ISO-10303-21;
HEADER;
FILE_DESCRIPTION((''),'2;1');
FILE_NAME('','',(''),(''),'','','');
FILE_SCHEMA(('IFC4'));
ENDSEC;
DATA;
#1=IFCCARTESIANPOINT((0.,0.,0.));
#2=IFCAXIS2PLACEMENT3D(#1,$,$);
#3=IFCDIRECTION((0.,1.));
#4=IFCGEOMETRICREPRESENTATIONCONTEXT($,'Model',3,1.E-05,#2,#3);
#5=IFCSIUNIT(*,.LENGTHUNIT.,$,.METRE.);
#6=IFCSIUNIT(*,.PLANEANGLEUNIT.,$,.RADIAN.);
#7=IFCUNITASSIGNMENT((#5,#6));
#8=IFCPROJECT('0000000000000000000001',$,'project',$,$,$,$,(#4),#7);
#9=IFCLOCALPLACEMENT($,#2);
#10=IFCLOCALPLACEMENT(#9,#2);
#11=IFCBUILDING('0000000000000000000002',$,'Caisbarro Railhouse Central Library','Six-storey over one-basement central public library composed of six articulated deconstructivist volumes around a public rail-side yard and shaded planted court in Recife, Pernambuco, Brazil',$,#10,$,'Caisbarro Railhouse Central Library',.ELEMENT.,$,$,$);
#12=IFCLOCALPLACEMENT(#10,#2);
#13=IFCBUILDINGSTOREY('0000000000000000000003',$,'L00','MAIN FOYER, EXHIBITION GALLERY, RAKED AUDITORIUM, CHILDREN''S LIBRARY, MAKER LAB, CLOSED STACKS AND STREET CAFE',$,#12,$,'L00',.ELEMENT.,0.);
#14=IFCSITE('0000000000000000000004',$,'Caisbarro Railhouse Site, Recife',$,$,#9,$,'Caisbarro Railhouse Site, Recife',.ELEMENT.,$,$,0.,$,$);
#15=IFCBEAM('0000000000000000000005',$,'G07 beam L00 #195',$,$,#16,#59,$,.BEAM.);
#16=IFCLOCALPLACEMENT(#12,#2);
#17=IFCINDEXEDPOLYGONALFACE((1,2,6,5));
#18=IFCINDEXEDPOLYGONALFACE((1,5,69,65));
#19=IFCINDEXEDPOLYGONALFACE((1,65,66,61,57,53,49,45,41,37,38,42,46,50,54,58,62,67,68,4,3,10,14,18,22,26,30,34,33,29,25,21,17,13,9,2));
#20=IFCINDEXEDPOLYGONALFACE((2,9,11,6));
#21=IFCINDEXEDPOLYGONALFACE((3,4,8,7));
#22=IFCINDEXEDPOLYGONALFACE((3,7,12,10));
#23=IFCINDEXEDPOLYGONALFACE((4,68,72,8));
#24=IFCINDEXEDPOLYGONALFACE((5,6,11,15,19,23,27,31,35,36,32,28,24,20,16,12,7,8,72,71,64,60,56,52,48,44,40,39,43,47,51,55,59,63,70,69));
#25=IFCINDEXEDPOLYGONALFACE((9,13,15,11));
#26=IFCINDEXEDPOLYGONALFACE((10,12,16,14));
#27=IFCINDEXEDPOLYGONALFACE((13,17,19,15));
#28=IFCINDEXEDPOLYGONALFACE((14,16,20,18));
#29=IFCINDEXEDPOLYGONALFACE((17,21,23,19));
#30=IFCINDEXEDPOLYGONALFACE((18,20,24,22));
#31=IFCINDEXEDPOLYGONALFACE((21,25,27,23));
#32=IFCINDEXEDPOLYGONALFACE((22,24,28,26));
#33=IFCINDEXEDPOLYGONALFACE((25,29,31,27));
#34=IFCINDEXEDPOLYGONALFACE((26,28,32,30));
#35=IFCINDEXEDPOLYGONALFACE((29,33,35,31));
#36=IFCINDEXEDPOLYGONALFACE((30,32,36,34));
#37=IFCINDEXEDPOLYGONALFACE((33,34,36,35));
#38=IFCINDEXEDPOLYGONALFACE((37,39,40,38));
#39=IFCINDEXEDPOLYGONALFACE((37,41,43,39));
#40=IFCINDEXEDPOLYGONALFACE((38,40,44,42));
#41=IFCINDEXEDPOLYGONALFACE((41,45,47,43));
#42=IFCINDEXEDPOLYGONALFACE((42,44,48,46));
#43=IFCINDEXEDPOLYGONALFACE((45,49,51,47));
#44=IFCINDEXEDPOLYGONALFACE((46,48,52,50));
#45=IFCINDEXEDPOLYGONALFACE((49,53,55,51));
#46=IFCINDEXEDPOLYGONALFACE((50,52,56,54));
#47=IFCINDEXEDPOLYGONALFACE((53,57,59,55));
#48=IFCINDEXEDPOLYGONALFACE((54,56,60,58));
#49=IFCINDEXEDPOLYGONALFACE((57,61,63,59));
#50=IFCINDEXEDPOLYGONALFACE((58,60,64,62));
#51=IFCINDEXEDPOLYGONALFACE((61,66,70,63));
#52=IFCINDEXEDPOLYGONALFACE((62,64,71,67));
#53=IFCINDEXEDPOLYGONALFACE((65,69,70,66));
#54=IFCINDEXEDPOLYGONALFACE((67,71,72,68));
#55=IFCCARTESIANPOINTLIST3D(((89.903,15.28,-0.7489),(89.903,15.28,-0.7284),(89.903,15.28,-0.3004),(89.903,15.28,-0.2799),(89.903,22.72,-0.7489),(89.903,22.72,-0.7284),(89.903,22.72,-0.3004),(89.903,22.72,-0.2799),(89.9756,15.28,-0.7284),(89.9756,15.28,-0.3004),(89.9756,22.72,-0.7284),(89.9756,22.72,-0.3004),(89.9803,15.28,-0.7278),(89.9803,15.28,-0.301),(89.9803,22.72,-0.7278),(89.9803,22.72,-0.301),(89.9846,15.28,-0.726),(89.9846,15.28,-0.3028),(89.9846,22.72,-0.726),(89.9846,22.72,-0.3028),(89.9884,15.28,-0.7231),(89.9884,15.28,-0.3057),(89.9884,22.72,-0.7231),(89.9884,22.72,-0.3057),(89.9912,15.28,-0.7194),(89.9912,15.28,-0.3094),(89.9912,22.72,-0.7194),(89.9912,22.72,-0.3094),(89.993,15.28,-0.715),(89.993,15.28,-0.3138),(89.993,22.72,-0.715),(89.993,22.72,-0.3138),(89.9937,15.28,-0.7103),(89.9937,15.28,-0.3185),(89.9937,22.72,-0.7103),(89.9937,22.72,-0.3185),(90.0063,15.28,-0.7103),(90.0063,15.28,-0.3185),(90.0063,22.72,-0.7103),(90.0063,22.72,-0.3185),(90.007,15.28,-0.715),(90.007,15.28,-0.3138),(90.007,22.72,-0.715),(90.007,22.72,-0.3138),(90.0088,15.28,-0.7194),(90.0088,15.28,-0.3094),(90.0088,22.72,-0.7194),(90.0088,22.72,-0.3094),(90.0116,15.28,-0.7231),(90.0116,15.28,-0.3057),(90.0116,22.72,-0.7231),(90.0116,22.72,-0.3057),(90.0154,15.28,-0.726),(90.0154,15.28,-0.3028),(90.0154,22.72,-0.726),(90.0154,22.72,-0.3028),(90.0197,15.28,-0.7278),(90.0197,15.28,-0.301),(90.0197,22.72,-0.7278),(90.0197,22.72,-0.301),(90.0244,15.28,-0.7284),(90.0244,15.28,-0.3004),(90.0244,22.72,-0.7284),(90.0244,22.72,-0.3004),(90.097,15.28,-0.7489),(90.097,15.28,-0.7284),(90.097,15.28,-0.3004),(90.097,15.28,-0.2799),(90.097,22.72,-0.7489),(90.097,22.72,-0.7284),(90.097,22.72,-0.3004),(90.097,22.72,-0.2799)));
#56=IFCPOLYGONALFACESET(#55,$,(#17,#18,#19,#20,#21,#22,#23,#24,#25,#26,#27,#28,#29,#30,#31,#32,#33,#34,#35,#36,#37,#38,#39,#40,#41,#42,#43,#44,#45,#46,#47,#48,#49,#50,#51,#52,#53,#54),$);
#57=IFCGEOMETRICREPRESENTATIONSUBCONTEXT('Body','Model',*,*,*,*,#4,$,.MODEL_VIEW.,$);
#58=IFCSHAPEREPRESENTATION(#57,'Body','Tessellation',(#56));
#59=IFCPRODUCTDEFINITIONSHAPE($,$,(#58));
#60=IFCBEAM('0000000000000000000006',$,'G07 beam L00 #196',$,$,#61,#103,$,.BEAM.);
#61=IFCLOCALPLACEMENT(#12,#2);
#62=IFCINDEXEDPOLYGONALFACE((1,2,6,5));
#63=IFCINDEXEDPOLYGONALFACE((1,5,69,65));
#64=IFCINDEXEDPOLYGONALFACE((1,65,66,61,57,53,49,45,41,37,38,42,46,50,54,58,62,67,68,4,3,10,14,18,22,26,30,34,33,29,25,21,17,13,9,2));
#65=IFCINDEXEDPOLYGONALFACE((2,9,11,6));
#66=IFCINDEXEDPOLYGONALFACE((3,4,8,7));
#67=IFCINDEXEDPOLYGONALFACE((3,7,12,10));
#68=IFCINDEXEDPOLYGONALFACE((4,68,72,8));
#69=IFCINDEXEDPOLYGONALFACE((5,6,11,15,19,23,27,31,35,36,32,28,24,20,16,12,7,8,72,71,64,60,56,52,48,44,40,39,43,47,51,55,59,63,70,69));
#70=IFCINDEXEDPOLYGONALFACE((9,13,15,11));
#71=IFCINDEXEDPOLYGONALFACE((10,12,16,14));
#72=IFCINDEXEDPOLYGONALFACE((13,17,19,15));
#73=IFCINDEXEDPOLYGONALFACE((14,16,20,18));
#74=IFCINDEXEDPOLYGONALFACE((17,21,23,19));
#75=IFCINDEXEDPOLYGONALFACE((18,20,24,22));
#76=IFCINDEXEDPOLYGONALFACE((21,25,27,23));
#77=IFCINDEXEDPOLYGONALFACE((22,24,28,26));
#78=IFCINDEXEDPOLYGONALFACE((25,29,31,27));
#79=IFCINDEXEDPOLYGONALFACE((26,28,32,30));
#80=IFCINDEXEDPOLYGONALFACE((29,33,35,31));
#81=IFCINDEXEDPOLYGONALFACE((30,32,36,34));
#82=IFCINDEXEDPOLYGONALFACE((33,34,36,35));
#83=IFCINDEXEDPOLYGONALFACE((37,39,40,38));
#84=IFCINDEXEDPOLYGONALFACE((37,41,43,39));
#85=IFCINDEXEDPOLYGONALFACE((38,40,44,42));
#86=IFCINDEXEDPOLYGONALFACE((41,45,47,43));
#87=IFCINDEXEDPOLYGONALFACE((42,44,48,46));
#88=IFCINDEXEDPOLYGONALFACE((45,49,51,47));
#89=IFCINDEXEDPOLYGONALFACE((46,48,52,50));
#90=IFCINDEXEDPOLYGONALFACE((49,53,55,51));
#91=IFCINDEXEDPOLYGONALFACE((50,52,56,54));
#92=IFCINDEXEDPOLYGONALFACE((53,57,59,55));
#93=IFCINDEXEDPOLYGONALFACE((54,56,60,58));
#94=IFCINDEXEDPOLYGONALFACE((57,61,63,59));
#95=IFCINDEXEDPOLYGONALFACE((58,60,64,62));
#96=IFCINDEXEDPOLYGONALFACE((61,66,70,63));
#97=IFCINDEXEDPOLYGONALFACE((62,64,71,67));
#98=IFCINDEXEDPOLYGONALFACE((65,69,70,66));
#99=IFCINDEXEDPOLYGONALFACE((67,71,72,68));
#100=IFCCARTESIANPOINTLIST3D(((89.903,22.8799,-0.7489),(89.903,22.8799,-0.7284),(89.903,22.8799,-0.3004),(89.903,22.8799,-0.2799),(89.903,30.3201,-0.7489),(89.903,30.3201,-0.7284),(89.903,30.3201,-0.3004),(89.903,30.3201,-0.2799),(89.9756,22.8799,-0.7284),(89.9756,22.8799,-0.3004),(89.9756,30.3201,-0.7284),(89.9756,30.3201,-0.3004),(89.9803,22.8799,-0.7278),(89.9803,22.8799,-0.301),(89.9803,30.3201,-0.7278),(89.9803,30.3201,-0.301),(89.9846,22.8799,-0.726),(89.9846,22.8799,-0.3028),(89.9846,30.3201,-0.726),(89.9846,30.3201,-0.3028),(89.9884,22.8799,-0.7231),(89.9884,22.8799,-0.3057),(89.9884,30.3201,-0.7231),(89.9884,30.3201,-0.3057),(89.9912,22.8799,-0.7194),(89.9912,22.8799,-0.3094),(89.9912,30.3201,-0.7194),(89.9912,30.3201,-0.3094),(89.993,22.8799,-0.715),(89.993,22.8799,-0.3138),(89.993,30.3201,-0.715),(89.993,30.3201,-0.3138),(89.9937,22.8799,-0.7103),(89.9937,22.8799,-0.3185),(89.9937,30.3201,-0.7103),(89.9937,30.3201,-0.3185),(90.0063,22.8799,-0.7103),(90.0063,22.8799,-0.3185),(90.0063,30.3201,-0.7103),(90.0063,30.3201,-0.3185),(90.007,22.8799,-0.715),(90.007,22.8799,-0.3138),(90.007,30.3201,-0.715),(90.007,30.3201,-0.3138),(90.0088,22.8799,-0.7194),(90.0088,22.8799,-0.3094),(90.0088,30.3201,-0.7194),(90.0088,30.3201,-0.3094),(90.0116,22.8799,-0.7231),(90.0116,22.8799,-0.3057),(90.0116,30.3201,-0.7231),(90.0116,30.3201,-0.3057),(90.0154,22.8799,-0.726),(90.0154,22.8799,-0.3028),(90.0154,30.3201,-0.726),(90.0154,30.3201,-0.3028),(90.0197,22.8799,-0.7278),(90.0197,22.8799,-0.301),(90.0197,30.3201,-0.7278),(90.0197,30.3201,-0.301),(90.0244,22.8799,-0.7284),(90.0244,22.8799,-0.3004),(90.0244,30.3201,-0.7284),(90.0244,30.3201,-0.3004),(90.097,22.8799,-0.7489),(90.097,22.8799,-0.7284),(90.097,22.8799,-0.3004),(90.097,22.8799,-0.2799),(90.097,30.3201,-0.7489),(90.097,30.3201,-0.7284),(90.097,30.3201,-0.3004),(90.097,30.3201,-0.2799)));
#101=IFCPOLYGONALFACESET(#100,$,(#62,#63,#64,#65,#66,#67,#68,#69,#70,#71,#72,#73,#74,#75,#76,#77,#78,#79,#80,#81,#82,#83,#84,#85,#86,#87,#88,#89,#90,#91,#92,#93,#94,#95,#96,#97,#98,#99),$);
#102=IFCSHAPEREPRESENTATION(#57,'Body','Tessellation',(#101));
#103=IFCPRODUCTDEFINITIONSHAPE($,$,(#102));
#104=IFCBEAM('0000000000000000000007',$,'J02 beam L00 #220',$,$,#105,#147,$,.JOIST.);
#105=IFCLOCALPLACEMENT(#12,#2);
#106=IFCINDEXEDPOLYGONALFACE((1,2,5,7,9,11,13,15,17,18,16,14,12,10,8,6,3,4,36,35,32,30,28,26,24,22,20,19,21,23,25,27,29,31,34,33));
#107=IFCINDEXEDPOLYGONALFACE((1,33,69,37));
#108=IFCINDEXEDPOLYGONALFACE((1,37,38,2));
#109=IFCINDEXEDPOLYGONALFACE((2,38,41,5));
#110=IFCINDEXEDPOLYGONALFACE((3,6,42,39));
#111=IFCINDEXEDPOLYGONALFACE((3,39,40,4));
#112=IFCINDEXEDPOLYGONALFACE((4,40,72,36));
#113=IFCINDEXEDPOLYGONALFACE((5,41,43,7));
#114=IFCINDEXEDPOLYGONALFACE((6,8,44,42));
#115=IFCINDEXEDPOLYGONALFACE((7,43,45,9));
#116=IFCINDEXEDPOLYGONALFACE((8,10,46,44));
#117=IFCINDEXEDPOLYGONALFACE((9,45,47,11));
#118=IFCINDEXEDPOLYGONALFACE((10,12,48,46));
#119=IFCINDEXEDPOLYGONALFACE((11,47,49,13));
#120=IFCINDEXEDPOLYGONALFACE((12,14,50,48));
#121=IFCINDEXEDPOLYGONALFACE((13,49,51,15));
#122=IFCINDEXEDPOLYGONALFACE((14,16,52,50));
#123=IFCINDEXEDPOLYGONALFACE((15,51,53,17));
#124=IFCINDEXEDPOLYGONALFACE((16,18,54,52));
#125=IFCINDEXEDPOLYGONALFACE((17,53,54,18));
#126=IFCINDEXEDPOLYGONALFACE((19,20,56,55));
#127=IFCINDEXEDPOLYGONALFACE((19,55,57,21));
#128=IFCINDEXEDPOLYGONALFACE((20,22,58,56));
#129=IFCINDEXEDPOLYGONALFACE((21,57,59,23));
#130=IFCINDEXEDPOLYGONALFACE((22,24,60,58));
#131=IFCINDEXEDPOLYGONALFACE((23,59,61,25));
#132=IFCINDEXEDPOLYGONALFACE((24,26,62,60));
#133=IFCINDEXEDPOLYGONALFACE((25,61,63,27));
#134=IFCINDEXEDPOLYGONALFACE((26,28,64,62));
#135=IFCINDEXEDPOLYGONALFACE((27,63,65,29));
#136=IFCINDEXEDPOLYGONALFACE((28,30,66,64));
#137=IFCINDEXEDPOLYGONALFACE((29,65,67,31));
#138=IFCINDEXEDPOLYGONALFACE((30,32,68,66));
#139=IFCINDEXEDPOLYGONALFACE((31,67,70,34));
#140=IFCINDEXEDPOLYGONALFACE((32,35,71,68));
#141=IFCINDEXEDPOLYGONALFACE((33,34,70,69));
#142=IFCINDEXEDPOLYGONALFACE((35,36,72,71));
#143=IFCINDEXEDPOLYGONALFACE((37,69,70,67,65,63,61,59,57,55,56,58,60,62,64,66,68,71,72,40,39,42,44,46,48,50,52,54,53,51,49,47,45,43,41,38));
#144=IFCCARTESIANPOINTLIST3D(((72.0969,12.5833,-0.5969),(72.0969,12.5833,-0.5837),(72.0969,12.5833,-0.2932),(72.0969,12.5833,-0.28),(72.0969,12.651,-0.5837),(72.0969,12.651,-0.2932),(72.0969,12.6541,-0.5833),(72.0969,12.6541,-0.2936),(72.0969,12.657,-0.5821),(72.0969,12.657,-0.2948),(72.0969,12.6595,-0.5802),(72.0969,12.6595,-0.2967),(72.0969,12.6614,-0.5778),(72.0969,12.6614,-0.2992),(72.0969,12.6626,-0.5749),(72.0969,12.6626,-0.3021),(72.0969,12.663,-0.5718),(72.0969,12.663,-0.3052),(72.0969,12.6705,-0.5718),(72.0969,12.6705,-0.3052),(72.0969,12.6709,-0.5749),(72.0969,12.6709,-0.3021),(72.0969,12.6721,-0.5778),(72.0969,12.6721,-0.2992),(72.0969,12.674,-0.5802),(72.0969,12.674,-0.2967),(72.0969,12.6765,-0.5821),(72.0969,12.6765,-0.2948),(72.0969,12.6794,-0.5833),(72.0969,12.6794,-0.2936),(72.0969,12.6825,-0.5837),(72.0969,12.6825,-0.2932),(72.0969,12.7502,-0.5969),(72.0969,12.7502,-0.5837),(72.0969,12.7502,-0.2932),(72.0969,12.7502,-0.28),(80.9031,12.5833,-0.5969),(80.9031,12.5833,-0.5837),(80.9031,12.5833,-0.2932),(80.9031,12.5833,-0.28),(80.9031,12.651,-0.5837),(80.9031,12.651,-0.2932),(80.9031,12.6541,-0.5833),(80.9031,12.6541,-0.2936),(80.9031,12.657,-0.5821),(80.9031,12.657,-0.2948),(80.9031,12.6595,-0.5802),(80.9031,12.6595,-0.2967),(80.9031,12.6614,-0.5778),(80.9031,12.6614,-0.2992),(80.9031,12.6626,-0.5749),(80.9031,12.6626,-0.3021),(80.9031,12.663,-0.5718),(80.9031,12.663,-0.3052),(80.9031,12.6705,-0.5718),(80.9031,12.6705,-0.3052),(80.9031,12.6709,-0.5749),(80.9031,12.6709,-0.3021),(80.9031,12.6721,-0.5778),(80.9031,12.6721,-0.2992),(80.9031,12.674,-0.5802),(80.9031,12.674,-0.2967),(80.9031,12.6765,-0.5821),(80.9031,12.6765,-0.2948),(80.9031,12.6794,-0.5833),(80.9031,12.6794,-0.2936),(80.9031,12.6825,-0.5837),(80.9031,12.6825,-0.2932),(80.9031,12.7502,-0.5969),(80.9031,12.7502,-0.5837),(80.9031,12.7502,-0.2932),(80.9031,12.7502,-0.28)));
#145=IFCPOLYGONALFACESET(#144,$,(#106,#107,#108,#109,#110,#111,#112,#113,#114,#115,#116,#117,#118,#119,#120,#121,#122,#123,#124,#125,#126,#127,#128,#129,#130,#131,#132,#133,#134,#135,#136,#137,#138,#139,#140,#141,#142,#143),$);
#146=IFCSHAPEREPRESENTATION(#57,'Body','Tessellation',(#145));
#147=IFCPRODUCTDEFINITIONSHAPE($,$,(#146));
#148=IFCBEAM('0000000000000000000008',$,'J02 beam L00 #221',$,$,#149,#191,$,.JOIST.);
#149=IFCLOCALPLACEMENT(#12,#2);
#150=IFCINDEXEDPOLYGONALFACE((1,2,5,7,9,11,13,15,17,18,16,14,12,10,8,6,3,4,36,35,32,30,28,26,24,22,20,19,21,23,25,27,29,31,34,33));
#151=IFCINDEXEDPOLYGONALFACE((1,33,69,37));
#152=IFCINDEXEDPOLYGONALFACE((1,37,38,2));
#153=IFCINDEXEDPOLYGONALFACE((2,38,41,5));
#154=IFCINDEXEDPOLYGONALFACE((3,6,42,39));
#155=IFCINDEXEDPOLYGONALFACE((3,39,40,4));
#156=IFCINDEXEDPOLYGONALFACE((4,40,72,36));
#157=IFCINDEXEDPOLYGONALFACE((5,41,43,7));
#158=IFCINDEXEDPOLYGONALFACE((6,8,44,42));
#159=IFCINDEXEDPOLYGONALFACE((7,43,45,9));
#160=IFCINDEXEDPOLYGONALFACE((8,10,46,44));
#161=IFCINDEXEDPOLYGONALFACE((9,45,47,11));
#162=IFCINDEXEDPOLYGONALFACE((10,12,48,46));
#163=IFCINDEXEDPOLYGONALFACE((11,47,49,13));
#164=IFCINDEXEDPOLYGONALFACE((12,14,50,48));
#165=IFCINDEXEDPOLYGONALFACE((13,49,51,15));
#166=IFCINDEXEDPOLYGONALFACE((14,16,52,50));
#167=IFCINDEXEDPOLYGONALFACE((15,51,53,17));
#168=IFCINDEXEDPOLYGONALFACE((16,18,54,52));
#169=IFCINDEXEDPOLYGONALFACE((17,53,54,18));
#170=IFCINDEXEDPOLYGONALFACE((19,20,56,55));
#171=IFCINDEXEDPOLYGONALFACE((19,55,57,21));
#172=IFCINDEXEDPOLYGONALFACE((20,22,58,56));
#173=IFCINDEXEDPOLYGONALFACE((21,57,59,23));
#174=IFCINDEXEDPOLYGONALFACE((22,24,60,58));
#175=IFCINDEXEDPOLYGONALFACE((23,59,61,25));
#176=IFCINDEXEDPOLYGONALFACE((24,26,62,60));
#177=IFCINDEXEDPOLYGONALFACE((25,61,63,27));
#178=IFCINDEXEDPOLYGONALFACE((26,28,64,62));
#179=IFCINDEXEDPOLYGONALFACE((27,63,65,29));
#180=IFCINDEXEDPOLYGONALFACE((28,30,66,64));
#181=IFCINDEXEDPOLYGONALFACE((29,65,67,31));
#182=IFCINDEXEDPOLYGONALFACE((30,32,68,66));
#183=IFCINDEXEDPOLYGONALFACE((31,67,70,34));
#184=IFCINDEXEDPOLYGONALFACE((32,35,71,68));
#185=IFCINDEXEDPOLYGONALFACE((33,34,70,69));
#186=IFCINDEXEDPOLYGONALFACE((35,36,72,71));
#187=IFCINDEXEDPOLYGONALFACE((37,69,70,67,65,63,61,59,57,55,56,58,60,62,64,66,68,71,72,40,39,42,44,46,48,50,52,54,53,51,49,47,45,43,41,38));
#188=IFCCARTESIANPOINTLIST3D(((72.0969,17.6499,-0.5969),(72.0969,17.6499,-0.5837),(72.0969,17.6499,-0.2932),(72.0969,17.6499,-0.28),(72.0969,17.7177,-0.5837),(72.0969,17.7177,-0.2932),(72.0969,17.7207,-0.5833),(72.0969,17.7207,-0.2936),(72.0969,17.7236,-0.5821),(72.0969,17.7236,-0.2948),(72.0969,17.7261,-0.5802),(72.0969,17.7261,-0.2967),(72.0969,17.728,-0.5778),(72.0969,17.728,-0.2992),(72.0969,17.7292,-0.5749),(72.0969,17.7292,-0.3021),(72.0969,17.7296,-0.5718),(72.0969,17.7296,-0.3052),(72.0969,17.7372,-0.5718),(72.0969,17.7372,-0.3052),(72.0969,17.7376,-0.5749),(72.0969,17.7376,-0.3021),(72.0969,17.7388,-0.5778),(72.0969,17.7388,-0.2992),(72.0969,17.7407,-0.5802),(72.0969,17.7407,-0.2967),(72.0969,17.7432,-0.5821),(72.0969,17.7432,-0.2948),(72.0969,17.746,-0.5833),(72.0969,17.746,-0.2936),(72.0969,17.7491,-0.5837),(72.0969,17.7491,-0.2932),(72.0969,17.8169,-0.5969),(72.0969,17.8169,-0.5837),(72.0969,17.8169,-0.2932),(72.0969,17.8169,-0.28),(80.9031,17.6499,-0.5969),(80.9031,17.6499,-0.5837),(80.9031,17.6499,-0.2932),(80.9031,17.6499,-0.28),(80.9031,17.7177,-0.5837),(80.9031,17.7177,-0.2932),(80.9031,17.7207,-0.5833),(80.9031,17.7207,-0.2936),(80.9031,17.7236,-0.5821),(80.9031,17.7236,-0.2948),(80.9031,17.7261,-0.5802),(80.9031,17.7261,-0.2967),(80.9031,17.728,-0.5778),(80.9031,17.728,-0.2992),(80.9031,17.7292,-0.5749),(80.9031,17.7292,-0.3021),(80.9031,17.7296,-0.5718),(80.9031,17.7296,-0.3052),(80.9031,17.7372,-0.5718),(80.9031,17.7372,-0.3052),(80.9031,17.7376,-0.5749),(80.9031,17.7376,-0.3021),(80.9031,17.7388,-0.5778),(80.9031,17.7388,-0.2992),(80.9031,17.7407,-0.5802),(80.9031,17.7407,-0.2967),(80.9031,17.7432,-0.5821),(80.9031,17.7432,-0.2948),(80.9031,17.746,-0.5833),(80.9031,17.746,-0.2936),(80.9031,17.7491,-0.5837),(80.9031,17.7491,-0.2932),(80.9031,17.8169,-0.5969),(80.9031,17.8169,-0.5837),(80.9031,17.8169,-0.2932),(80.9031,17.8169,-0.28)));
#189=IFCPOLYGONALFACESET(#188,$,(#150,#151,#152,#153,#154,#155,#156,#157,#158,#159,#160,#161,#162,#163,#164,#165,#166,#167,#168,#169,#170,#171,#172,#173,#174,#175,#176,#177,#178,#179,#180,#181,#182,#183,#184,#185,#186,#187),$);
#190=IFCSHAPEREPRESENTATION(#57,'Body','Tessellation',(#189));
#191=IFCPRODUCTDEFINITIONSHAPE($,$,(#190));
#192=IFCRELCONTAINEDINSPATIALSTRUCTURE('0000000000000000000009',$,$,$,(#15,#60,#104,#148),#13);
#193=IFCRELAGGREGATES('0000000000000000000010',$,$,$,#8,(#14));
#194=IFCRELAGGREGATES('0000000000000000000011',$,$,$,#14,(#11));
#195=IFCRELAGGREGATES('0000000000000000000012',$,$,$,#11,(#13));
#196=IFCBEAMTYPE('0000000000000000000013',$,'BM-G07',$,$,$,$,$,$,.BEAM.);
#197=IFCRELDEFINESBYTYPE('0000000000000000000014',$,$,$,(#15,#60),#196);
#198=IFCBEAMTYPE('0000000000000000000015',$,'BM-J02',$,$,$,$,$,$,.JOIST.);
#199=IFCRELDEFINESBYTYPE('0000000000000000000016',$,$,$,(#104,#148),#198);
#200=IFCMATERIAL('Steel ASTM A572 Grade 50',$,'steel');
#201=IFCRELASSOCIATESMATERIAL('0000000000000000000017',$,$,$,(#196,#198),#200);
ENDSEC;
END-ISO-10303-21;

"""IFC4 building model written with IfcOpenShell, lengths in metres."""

from ifc_helpers import new_model, si_unit, direction, frame, origin, origin_2d, place, context, subcontext, project, spatial, i_section, extrude, material, material_profile, profile_set, type_object, element, save


model = new_model("IFC4")

# Units and contexts
model_context = context("Model", 3, precision=1e-05, world=origin(), true_north=direction((0.0, 1.0)))
body_context = subcontext(model_context, "Body", "Model", "MODEL_VIEW")
ifc_project = project(units=[si_unit("LENGTHUNIT", "METRE"), si_unit("PLANEANGLEUNIT", "RADIAN")], contexts=[model_context])

# Site, building, storey
site_placement = place(None, origin())
site = spatial("IfcSite", under=ifc_project, at=site_placement, Name="Caisbarro Railhouse Site, Recife", LongName="Caisbarro Railhouse Site, Recife", CompositionType="ELEMENT", RefElevation=0.0)
building_placement = place(site_placement, origin())
building = spatial("IfcBuilding", under=site, at=building_placement, Name="Caisbarro Railhouse Central Library", Description="Six-storey over one-basement central public library composed of six articulated deconstructivist volumes around a public rail-side yard and shaded planted court in Recife, Pernambuco, Brazil", LongName="Caisbarro Railhouse Central Library", CompositionType="ELEMENT")
storey_placement = place(building_placement, origin())
storey = spatial("IfcBuildingStorey", under=building, at=storey_placement, Name="L00", Description="MAIN FOYER, EXHIBITION GALLERY, RAKED AUDITORIUM, CHILDREN'S LIBRARY, MAKER LAB, CLOSED STACKS AND STREET CAFE", LongName="L00", CompositionType="ELEMENT", Elevation=0.0)

# Shared definitions
ifc_material_1 = material(Name="Steel ASTM A572 Grade 50", Category="steel")

# Beams
ifc_material_profile_1 = material_profile(ifc_material_1, i_section(OverallWidth=0.1941, OverallDepth=0.469, WebThickness=0.0127, FlangeThickness=0.0205, FilletRadius=0.0181, at=origin_2d()), Name="W460X106.0")
ifc_profile_set_1 = profile_set([ifc_material_profile_1], Name="Steel ASTM A572 Grade 50")
beam_type_1 = type_object("IfcBeamType", Name="BM-G07", PredefinedType="BEAM", material=ifc_profile_set_1)
beam_1_placement = place(storey_placement, frame((90.0, 15.28, -0.5144), z_axis=(0.0, 1.0, 0.0), x_axis=(-1.0, 0.0, 0.0)))
element("IfcBeam", 1, at=beam_1_placement, inside=storey, type_object=beam_type_1, Name="G07 beam L00 #195", PredefinedType="BEAM", context=body_context, shape_type="SweptSolid", body=[
    extrude(i_section(OverallWidth=0.1941, OverallDepth=0.469, WebThickness=0.0127, FlangeThickness=0.0205, FilletRadius=0.0181, at=origin_2d()), origin(), (0.0, 0.0, 1.0), 7.4399),
])
beam_2_placement = place(storey_placement, frame((90.0, 22.8799, -0.5144), z_axis=(0.0, 1.0, 0.0), x_axis=(-1.0, 0.0, 0.0)))
element("IfcBeam", 2, at=beam_2_placement, inside=storey, type_object=beam_type_1, Name="G07 beam L00 #196", PredefinedType="BEAM", context=body_context, shape_type="SweptSolid", body=[
    extrude(i_section(OverallWidth=0.1941, OverallDepth=0.469, WebThickness=0.0127, FlangeThickness=0.0205, FilletRadius=0.0181, at=origin_2d()), origin(), (0.0, 0.0, 1.0), 7.4402),
])
ifc_material_profile_2 = material_profile(ifc_material_1, i_section(OverallWidth=0.167, OverallDepth=0.3169, WebThickness=0.0076, FlangeThickness=0.0132, FilletRadius=0.012, at=origin_2d()), Name="W310X52.0")
ifc_profile_set_2 = profile_set([ifc_material_profile_2], Name="Steel ASTM A572 Grade 50")
beam_type_2 = type_object("IfcBeamType", Name="BM-J02", PredefinedType="JOIST", material=ifc_profile_set_2)
for number, where, z_axis, x_axis, name in (
    (3, (72.0969, 12.6667, -0.4385), (1.0, 0.0, 0.0), (0.0, 1.0, 0.0), "J02 beam L00 #220"),
    (4, (72.0969, 17.7334, -0.4385), (1.0, 0.0, 0.0), (0.0, 1.0, 0.0), "J02 beam L00 #221"),
):
    element("IfcBeam", number, at=place(storey_placement, frame(where, z_axis=z_axis, x_axis=x_axis)), inside=storey, type_object=beam_type_2, Name=name, PredefinedType="JOIST", context=body_context, shape_type="SweptSolid", body=[
        extrude(i_section(OverallWidth=0.167, OverallDepth=0.3169, WebThickness=0.0076, FlangeThickness=0.0132, FilletRadius=0.012, at=origin_2d()), origin(), (0.0, 0.0, 1.0), 8.8062),
    ])

save(model, "model.ifc")
